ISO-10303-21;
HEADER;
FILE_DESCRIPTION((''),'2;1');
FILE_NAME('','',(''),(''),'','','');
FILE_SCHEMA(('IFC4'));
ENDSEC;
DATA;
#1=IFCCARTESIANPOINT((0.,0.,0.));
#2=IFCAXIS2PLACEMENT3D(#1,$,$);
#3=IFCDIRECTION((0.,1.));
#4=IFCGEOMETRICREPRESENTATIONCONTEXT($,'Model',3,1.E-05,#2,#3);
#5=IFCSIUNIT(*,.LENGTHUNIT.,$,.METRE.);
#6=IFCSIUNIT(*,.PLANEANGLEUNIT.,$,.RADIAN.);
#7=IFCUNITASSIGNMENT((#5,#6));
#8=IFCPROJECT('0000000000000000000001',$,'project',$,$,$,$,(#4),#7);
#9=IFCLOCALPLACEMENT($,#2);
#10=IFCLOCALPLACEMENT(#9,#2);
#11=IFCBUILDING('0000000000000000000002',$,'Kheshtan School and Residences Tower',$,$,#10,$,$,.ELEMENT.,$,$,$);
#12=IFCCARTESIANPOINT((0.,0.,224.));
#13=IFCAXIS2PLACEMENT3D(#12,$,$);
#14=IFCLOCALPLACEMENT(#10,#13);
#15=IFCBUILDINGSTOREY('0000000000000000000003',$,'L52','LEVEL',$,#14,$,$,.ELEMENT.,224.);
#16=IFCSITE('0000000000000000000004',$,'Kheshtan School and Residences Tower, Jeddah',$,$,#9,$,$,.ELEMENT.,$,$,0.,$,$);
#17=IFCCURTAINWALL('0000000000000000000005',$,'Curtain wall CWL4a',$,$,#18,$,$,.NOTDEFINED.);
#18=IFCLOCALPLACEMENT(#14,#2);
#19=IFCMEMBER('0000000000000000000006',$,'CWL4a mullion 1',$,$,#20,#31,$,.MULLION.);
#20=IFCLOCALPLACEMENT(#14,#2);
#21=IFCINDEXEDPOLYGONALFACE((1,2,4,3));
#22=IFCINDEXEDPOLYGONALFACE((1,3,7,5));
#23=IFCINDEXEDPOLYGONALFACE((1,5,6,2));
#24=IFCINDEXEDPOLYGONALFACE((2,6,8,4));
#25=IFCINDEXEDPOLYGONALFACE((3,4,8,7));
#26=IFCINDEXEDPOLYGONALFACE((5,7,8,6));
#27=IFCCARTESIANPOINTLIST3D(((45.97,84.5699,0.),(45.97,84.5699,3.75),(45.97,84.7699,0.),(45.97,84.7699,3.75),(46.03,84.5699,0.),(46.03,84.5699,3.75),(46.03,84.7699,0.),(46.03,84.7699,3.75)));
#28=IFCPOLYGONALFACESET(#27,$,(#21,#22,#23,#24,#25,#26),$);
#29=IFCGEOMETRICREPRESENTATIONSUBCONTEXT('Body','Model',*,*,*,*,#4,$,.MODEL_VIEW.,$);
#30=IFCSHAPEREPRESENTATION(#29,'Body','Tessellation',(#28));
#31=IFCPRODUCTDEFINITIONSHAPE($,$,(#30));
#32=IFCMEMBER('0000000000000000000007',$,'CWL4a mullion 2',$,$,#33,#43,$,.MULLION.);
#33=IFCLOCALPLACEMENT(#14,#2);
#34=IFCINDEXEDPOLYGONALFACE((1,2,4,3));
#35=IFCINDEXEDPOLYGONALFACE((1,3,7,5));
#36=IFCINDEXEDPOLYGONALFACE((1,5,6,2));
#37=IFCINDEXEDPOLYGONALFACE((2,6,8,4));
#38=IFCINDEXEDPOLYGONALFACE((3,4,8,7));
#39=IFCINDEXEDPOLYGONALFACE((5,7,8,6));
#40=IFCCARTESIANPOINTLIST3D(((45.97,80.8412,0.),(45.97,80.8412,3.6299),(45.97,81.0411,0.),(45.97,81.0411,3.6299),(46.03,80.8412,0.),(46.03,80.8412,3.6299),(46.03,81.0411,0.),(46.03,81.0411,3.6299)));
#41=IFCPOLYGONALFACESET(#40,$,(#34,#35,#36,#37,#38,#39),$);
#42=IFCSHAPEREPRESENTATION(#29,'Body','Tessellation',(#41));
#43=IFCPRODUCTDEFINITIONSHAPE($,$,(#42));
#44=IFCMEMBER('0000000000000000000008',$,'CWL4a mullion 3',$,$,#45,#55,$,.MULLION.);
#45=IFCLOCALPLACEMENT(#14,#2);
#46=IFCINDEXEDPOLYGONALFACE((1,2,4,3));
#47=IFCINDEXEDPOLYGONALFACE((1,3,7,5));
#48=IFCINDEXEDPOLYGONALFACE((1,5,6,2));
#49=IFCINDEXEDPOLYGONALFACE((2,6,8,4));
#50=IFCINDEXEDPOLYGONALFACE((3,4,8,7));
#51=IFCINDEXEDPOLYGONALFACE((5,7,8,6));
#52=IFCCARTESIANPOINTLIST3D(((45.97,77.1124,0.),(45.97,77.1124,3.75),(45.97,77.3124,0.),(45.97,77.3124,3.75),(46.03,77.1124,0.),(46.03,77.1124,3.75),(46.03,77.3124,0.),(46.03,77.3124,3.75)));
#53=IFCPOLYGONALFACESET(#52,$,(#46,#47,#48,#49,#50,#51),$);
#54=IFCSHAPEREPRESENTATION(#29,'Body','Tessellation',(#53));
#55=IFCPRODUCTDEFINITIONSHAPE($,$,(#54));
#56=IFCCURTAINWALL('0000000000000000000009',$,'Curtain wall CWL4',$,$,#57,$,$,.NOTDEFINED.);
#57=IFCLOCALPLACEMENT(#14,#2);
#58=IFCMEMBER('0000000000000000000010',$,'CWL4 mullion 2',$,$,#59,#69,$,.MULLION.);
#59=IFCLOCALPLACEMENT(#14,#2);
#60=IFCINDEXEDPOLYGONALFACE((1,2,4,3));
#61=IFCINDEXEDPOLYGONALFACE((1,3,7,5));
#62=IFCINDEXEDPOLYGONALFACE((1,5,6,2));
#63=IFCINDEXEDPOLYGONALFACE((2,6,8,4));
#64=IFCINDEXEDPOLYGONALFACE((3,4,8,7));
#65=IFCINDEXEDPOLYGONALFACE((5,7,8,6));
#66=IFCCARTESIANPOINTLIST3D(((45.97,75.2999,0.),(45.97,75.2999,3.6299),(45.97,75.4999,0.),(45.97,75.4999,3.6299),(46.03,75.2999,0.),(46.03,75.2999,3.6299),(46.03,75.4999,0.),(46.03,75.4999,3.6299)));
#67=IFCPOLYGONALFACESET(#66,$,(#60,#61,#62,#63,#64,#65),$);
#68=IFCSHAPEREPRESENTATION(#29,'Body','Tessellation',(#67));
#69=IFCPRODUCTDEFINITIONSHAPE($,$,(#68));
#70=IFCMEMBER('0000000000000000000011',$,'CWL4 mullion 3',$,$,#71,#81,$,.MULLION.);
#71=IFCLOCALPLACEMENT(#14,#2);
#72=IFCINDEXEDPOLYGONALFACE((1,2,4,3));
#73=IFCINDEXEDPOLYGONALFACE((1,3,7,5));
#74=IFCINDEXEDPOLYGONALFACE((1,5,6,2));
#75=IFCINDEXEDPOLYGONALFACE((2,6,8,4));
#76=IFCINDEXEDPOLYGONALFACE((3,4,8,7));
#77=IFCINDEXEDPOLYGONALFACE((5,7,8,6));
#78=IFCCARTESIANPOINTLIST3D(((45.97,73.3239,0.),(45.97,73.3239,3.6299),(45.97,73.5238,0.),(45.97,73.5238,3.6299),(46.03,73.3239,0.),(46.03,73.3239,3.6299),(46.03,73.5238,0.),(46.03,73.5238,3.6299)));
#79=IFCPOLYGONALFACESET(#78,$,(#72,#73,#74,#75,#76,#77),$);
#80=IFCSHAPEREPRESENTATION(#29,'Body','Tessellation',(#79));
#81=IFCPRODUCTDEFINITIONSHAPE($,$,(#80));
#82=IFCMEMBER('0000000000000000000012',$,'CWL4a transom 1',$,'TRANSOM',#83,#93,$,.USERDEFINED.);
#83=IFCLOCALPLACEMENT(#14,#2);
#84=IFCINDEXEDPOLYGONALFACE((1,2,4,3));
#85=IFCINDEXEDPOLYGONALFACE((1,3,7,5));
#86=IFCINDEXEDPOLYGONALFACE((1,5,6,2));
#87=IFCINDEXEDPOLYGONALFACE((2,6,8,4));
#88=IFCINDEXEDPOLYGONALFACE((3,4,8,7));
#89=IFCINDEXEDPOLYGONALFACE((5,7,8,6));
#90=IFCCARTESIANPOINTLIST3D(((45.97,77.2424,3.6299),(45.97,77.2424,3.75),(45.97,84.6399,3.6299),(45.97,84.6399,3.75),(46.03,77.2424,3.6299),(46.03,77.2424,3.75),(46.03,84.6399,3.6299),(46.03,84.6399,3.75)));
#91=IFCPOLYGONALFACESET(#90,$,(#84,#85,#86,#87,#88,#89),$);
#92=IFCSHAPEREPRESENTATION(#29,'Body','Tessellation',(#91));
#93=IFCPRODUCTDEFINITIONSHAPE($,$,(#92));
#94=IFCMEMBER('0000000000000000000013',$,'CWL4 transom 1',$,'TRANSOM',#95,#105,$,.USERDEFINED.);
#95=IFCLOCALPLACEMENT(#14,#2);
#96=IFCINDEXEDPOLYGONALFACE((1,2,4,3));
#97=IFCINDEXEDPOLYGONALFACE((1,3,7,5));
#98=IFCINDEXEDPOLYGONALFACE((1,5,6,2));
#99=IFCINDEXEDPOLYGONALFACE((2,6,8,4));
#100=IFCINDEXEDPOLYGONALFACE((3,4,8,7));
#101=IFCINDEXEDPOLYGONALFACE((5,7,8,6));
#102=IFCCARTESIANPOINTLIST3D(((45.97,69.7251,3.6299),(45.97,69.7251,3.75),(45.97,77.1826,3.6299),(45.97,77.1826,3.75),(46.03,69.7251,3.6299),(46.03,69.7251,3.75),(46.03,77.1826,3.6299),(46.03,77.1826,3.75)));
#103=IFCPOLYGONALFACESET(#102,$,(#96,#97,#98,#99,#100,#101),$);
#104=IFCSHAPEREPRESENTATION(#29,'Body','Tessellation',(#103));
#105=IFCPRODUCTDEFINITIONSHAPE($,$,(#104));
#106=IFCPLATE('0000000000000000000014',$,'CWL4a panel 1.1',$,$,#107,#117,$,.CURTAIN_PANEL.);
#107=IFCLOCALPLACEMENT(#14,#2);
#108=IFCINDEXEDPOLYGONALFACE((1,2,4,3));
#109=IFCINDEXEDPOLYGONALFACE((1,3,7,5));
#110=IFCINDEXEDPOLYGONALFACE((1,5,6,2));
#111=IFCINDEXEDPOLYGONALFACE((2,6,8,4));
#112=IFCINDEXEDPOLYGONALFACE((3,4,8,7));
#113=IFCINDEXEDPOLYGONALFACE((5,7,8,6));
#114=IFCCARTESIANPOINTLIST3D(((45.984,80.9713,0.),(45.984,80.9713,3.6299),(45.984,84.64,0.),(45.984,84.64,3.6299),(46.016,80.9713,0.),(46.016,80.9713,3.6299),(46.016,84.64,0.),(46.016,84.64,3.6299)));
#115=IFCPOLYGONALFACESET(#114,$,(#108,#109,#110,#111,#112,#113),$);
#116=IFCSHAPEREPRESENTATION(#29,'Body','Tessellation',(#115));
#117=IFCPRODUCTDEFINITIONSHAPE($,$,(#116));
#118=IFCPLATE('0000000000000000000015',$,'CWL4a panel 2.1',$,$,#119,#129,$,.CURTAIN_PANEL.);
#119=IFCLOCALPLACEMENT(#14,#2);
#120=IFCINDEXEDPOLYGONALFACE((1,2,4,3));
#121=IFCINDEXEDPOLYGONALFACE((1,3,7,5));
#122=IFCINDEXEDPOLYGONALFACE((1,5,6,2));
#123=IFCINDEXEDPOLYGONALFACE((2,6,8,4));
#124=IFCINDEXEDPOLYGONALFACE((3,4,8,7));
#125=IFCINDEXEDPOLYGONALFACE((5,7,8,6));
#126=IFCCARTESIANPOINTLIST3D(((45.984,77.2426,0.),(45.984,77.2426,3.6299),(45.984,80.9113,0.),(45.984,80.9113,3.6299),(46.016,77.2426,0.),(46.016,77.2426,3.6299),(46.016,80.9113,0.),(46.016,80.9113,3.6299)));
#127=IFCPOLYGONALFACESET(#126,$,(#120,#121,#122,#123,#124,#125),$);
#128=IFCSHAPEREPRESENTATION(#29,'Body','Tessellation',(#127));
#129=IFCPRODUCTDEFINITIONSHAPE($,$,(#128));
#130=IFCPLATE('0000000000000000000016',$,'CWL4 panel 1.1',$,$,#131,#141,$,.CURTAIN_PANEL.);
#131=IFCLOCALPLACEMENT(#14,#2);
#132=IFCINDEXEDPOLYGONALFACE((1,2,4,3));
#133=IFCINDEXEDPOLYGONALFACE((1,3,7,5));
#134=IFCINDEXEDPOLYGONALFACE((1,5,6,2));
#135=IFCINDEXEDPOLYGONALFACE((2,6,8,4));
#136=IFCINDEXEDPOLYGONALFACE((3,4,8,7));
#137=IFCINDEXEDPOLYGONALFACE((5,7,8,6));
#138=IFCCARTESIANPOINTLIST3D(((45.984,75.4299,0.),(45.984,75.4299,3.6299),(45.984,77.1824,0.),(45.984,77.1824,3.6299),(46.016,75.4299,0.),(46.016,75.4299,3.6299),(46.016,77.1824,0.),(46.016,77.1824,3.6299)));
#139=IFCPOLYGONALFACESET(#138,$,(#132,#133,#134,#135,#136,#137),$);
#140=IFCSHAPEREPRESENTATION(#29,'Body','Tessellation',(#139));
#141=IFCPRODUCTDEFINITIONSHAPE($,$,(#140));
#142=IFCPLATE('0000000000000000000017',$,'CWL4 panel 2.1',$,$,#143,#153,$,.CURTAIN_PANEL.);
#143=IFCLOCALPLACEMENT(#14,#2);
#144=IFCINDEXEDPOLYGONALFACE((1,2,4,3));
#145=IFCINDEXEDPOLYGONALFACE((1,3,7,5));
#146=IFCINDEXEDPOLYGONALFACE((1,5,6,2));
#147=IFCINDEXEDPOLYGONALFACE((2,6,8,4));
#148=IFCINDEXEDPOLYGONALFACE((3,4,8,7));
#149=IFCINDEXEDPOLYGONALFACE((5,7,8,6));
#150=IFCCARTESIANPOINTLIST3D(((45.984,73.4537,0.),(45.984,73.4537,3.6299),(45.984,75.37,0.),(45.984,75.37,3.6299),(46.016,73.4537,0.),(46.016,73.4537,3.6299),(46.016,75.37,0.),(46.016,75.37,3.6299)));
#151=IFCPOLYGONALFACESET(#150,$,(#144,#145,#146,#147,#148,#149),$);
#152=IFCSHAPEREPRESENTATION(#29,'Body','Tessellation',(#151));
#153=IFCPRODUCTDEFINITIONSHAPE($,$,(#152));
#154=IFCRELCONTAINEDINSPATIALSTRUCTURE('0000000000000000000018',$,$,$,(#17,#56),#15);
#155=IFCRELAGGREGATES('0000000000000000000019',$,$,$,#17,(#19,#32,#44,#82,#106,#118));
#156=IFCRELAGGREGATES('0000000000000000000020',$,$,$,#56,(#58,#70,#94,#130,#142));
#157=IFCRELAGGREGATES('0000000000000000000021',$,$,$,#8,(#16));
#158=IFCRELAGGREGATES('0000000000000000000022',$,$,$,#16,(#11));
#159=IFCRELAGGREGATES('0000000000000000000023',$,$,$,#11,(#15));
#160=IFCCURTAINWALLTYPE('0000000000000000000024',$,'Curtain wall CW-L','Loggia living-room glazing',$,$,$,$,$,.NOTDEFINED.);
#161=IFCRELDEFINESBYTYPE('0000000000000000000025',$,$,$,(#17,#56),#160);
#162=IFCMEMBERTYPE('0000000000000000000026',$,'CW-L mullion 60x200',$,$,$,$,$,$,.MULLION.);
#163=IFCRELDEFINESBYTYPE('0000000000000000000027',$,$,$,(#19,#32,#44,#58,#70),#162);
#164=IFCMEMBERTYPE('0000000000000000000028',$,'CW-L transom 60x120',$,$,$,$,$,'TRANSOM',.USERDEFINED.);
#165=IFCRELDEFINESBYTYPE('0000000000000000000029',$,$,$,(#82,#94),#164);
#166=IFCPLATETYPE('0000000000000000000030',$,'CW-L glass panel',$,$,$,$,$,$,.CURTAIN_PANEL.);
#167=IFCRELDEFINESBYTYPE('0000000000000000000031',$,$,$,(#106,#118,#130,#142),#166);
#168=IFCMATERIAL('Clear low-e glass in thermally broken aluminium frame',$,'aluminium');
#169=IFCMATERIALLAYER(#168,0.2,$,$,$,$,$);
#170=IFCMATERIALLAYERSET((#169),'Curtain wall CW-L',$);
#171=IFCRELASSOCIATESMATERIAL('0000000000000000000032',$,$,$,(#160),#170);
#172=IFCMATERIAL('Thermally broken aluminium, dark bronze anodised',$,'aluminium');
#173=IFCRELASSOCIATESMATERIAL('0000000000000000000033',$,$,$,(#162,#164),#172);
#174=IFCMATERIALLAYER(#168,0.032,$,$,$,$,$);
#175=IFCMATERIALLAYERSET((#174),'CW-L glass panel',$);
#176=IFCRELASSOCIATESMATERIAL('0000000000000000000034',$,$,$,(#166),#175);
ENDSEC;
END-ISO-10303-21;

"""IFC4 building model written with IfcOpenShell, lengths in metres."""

from ifc_helpers import new_model, si_unit, direction, frame, origin, origin_2d, place, context, subcontext, project, spatial, rectangle, extrude, material, layer, layer_set, material_profile, profile_set, type_object, element, aggregate, save


model = new_model("IFC4")

# Units and contexts
model_context = context("Model", 3, precision=1e-05, world=origin(), true_north=direction((0.0, 1.0)))
body_context = subcontext(model_context, "Body", "Model", "MODEL_VIEW")
ifc_project = project(units=[si_unit("LENGTHUNIT", "METRE"), si_unit("PLANEANGLEUNIT", "RADIAN")], contexts=[model_context])

# Site, building, storey
site_placement = place(None, origin())
site = spatial("IfcSite", under=ifc_project, at=site_placement, Name="Kheshtan School and Residences Tower, Jeddah", CompositionType="ELEMENT", RefElevation=0.0)
building_placement = place(site_placement, origin())
building = spatial("IfcBuilding", under=site, at=building_placement, Name="Kheshtan School and Residences Tower", CompositionType="ELEMENT")
storey_placement = place(building_placement, frame((0.0, 0.0, 224.0)))
storey = spatial("IfcBuildingStorey", under=building, at=storey_placement, Name="L52", Description="LEVEL", CompositionType="ELEMENT", Elevation=224.0)

# Curtain walls, members
ifc_material_1 = material(Name="Clear low-e glass in thermally broken aluminium frame", Category="aluminium")
ifc_layer_1 = layer(ifc_material_1, 0.2)
ifc_layer_set_1 = layer_set([ifc_layer_1], Name="Curtain wall CW-L")
curtain_wall_type = type_object("IfcCurtainWallType", Name="Curtain wall CW-L", Description="Loggia living-room glazing", PredefinedType="NOTDEFINED", material=ifc_layer_set_1)
curtain_wall_1_placement = place(storey_placement, origin())
curtain_wall_1 = element("IfcCurtainWall", 1, at=curtain_wall_1_placement, inside=storey, type_object=curtain_wall_type, Name="Curtain wall CWL4a", PredefinedType="NOTDEFINED")
ifc_material_2 = material(Name="Thermally broken aluminium, dark bronze anodised", Category="aluminium")
ifc_material_profile_1 = material_profile(ifc_material_2, rectangle(XDim=0.0601, YDim=0.2, at=origin_2d()), Name="CW-L mullion 60x200")
ifc_profile_set_1 = profile_set([ifc_material_profile_1], Name="Thermally broken aluminium, dark bronze anodised")
member_type_1 = type_object("IfcMemberType", Name="CW-L mullion 60x200", PredefinedType="MULLION", material=ifc_profile_set_1)
member_1_placement = place(storey_placement, frame((46.0, 84.6699, 0.0), z_axis=(0.0, 0.0, 1.0), x_axis=(1.0, 0.0, 0.0)))
member_1 = element("IfcMember", 2, at=member_1_placement, type_object=member_type_1, Name="CWL4a mullion 1", PredefinedType="MULLION", context=body_context, shape_type="SweptSolid", body=[
    extrude(rectangle(XDim=0.0601, YDim=0.2, at=origin_2d()), origin(), (0.0, 0.0, 1.0), 3.75),
])
member_2_placement = place(storey_placement, frame((46.0, 80.9412, 0.0), z_axis=(0.0, 0.0, 1.0), x_axis=(1.0, 0.0, 0.0)))
member_2 = element("IfcMember", 3, at=member_2_placement, type_object=member_type_1, Name="CWL4a mullion 2", PredefinedType="MULLION", context=body_context, shape_type="SweptSolid", body=[
    extrude(rectangle(XDim=0.0601, YDim=0.2, at=origin_2d()), origin(), (0.0, 0.0, 1.0), 3.6299),
])
member_3_placement = place(storey_placement, frame((46.0, 77.2124, 0.0), z_axis=(0.0, 0.0, 1.0), x_axis=(1.0, 0.0, 0.0)))
member_3 = element("IfcMember", 4, at=member_3_placement, type_object=member_type_1, Name="CWL4a mullion 3", PredefinedType="MULLION", context=body_context, shape_type="SweptSolid", body=[
    extrude(rectangle(XDim=0.0601, YDim=0.2, at=origin_2d()), origin(), (0.0, 0.0, 1.0), 3.75),
])
curtain_wall_2_placement = place(storey_placement, origin())
curtain_wall_2 = element("IfcCurtainWall", 5, at=curtain_wall_2_placement, inside=storey, type_object=curtain_wall_type, Name="Curtain wall CWL4", PredefinedType="NOTDEFINED")
member_4_placement = place(storey_placement, frame((46.0, 75.3999, 0.0), z_axis=(0.0, 0.0, 1.0), x_axis=(1.0, 0.0, 0.0)))
member_4 = element("IfcMember", 6, at=member_4_placement, type_object=member_type_1, Name="CWL4 mullion 2", PredefinedType="MULLION", context=body_context, shape_type="SweptSolid", body=[
    extrude(rectangle(XDim=0.0601, YDim=0.2, at=origin_2d()), origin(), (0.0, 0.0, 1.0), 3.6299),
])
member_5_placement = place(storey_placement, frame((46.0, 73.4238, 0.0), z_axis=(0.0, 0.0, 1.0), x_axis=(1.0, 0.0, 0.0)))
member_5 = element("IfcMember", 7, at=member_5_placement, type_object=member_type_1, Name="CWL4 mullion 3", PredefinedType="MULLION", context=body_context, shape_type="SweptSolid", body=[
    extrude(rectangle(XDim=0.0601, YDim=0.2, at=origin_2d()), origin(), (0.0, 0.0, 1.0), 3.6299),
])

# Members
ifc_material_profile_2 = material_profile(ifc_material_2, rectangle(XDim=0.0601, YDim=0.1201, at=origin_2d()), Name="CW-L transom 60x120")
ifc_profile_set_2 = profile_set([ifc_material_profile_2], Name="Thermally broken aluminium, dark bronze anodised")
member_type_2 = type_object("IfcMemberType", Name="CW-L transom 60x120", ElementType="TRANSOM", PredefinedType="USERDEFINED", material=ifc_profile_set_2)
member_6_placement = place(storey_placement, frame((46.0, 84.6399, 3.6899), z_axis=(0.0, -1.0, 0.0), x_axis=(1.0, 0.0, 0.0)))
member_6 = element("IfcMember", 8, at=member_6_placement, type_object=member_type_2, Name="CWL4a transom 1", ObjectType="TRANSOM", PredefinedType="USERDEFINED", context=body_context, shape_type="SweptSolid", body=[
    extrude(rectangle(XDim=0.0601, YDim=0.1201, at=origin_2d()), origin(), (0.0, 0.0, 1.0), 7.3975),
])
member_7_placement = place(storey_placement, frame((46.0, 77.1826, 3.6899), z_axis=(0.0, -1.0, 0.0), x_axis=(1.0, 0.0, 0.0)))
member_7 = element("IfcMember", 9, at=member_7_placement, type_object=member_type_2, Name="CWL4 transom 1", ObjectType="TRANSOM", PredefinedType="USERDEFINED", context=body_context, shape_type="SweptSolid", body=[
    extrude(rectangle(XDim=0.0601, YDim=0.1201, at=origin_2d()), origin(), (0.0, 0.0, 1.0), 7.4575),
])

# Plates
ifc_layer_2 = layer(ifc_material_1, 0.032)
ifc_layer_set_2 = layer_set([ifc_layer_2], Name="CW-L glass panel")
plate_type = type_object("IfcPlateType", Name="CW-L glass panel", PredefinedType="CURTAIN_PANEL", material=ifc_layer_set_2)
plate_1_placement = place(storey_placement, frame((46.0, 82.8057, 0.0), z_axis=(0.0, 0.0, 1.0), x_axis=(0.0, -1.0, 0.0)))
plate_1 = element("IfcPlate", 10, at=plate_1_placement, type_object=plate_type, Name="CWL4a panel 1.1", PredefinedType="CURTAIN_PANEL", context=body_context, shape_type="SweptSolid", body=[
    extrude(rectangle(XDim=3.6687, YDim=0.032, at=origin_2d()), origin(), (0.0, 0.0, 1.0), 3.6299),
])
plate_2_placement = place(storey_placement, frame((46.0, 79.0769, 0.0), z_axis=(0.0, 0.0, 1.0), x_axis=(0.0, -1.0, 0.0)))
plate_2 = element("IfcPlate", 11, at=plate_2_placement, type_object=plate_type, Name="CWL4a panel 2.1", PredefinedType="CURTAIN_PANEL", context=body_context, shape_type="SweptSolid", body=[
    extrude(rectangle(XDim=3.6687, YDim=0.032, at=origin_2d()), origin(), (0.0, 0.0, 1.0), 3.6299),
])
aggregate(curtain_wall_1, [member_1, member_2, member_3, member_6, plate_1, plate_2])
plate_3_placement = place(storey_placement, frame((46.0, 76.3062, 0.0), z_axis=(0.0, 0.0, 1.0), x_axis=(0.0, -1.0, 0.0)))
plate_3 = element("IfcPlate", 12, at=plate_3_placement, type_object=plate_type, Name="CWL4 panel 1.1", PredefinedType="CURTAIN_PANEL", context=body_context, shape_type="SweptSolid", body=[
    extrude(rectangle(XDim=1.7524, YDim=0.032, at=origin_2d()), origin(), (0.0, 0.0, 1.0), 3.6299),
])
plate_4_placement = place(storey_placement, frame((46.0, 74.4119, 0.0), z_axis=(0.0, 0.0, 1.0), x_axis=(0.0, -1.0, 0.0)))
plate_4 = element("IfcPlate", 13, at=plate_4_placement, type_object=plate_type, Name="CWL4 panel 2.1", PredefinedType="CURTAIN_PANEL", context=body_context, shape_type="SweptSolid", body=[
    extrude(rectangle(XDim=1.9163, YDim=0.032, at=origin_2d()), origin(), (0.0, 0.0, 1.0), 3.6299),
])
aggregate(curtain_wall_2, [member_4, member_5, member_7, plate_3, plate_4])

save(model, "model.ifc")
